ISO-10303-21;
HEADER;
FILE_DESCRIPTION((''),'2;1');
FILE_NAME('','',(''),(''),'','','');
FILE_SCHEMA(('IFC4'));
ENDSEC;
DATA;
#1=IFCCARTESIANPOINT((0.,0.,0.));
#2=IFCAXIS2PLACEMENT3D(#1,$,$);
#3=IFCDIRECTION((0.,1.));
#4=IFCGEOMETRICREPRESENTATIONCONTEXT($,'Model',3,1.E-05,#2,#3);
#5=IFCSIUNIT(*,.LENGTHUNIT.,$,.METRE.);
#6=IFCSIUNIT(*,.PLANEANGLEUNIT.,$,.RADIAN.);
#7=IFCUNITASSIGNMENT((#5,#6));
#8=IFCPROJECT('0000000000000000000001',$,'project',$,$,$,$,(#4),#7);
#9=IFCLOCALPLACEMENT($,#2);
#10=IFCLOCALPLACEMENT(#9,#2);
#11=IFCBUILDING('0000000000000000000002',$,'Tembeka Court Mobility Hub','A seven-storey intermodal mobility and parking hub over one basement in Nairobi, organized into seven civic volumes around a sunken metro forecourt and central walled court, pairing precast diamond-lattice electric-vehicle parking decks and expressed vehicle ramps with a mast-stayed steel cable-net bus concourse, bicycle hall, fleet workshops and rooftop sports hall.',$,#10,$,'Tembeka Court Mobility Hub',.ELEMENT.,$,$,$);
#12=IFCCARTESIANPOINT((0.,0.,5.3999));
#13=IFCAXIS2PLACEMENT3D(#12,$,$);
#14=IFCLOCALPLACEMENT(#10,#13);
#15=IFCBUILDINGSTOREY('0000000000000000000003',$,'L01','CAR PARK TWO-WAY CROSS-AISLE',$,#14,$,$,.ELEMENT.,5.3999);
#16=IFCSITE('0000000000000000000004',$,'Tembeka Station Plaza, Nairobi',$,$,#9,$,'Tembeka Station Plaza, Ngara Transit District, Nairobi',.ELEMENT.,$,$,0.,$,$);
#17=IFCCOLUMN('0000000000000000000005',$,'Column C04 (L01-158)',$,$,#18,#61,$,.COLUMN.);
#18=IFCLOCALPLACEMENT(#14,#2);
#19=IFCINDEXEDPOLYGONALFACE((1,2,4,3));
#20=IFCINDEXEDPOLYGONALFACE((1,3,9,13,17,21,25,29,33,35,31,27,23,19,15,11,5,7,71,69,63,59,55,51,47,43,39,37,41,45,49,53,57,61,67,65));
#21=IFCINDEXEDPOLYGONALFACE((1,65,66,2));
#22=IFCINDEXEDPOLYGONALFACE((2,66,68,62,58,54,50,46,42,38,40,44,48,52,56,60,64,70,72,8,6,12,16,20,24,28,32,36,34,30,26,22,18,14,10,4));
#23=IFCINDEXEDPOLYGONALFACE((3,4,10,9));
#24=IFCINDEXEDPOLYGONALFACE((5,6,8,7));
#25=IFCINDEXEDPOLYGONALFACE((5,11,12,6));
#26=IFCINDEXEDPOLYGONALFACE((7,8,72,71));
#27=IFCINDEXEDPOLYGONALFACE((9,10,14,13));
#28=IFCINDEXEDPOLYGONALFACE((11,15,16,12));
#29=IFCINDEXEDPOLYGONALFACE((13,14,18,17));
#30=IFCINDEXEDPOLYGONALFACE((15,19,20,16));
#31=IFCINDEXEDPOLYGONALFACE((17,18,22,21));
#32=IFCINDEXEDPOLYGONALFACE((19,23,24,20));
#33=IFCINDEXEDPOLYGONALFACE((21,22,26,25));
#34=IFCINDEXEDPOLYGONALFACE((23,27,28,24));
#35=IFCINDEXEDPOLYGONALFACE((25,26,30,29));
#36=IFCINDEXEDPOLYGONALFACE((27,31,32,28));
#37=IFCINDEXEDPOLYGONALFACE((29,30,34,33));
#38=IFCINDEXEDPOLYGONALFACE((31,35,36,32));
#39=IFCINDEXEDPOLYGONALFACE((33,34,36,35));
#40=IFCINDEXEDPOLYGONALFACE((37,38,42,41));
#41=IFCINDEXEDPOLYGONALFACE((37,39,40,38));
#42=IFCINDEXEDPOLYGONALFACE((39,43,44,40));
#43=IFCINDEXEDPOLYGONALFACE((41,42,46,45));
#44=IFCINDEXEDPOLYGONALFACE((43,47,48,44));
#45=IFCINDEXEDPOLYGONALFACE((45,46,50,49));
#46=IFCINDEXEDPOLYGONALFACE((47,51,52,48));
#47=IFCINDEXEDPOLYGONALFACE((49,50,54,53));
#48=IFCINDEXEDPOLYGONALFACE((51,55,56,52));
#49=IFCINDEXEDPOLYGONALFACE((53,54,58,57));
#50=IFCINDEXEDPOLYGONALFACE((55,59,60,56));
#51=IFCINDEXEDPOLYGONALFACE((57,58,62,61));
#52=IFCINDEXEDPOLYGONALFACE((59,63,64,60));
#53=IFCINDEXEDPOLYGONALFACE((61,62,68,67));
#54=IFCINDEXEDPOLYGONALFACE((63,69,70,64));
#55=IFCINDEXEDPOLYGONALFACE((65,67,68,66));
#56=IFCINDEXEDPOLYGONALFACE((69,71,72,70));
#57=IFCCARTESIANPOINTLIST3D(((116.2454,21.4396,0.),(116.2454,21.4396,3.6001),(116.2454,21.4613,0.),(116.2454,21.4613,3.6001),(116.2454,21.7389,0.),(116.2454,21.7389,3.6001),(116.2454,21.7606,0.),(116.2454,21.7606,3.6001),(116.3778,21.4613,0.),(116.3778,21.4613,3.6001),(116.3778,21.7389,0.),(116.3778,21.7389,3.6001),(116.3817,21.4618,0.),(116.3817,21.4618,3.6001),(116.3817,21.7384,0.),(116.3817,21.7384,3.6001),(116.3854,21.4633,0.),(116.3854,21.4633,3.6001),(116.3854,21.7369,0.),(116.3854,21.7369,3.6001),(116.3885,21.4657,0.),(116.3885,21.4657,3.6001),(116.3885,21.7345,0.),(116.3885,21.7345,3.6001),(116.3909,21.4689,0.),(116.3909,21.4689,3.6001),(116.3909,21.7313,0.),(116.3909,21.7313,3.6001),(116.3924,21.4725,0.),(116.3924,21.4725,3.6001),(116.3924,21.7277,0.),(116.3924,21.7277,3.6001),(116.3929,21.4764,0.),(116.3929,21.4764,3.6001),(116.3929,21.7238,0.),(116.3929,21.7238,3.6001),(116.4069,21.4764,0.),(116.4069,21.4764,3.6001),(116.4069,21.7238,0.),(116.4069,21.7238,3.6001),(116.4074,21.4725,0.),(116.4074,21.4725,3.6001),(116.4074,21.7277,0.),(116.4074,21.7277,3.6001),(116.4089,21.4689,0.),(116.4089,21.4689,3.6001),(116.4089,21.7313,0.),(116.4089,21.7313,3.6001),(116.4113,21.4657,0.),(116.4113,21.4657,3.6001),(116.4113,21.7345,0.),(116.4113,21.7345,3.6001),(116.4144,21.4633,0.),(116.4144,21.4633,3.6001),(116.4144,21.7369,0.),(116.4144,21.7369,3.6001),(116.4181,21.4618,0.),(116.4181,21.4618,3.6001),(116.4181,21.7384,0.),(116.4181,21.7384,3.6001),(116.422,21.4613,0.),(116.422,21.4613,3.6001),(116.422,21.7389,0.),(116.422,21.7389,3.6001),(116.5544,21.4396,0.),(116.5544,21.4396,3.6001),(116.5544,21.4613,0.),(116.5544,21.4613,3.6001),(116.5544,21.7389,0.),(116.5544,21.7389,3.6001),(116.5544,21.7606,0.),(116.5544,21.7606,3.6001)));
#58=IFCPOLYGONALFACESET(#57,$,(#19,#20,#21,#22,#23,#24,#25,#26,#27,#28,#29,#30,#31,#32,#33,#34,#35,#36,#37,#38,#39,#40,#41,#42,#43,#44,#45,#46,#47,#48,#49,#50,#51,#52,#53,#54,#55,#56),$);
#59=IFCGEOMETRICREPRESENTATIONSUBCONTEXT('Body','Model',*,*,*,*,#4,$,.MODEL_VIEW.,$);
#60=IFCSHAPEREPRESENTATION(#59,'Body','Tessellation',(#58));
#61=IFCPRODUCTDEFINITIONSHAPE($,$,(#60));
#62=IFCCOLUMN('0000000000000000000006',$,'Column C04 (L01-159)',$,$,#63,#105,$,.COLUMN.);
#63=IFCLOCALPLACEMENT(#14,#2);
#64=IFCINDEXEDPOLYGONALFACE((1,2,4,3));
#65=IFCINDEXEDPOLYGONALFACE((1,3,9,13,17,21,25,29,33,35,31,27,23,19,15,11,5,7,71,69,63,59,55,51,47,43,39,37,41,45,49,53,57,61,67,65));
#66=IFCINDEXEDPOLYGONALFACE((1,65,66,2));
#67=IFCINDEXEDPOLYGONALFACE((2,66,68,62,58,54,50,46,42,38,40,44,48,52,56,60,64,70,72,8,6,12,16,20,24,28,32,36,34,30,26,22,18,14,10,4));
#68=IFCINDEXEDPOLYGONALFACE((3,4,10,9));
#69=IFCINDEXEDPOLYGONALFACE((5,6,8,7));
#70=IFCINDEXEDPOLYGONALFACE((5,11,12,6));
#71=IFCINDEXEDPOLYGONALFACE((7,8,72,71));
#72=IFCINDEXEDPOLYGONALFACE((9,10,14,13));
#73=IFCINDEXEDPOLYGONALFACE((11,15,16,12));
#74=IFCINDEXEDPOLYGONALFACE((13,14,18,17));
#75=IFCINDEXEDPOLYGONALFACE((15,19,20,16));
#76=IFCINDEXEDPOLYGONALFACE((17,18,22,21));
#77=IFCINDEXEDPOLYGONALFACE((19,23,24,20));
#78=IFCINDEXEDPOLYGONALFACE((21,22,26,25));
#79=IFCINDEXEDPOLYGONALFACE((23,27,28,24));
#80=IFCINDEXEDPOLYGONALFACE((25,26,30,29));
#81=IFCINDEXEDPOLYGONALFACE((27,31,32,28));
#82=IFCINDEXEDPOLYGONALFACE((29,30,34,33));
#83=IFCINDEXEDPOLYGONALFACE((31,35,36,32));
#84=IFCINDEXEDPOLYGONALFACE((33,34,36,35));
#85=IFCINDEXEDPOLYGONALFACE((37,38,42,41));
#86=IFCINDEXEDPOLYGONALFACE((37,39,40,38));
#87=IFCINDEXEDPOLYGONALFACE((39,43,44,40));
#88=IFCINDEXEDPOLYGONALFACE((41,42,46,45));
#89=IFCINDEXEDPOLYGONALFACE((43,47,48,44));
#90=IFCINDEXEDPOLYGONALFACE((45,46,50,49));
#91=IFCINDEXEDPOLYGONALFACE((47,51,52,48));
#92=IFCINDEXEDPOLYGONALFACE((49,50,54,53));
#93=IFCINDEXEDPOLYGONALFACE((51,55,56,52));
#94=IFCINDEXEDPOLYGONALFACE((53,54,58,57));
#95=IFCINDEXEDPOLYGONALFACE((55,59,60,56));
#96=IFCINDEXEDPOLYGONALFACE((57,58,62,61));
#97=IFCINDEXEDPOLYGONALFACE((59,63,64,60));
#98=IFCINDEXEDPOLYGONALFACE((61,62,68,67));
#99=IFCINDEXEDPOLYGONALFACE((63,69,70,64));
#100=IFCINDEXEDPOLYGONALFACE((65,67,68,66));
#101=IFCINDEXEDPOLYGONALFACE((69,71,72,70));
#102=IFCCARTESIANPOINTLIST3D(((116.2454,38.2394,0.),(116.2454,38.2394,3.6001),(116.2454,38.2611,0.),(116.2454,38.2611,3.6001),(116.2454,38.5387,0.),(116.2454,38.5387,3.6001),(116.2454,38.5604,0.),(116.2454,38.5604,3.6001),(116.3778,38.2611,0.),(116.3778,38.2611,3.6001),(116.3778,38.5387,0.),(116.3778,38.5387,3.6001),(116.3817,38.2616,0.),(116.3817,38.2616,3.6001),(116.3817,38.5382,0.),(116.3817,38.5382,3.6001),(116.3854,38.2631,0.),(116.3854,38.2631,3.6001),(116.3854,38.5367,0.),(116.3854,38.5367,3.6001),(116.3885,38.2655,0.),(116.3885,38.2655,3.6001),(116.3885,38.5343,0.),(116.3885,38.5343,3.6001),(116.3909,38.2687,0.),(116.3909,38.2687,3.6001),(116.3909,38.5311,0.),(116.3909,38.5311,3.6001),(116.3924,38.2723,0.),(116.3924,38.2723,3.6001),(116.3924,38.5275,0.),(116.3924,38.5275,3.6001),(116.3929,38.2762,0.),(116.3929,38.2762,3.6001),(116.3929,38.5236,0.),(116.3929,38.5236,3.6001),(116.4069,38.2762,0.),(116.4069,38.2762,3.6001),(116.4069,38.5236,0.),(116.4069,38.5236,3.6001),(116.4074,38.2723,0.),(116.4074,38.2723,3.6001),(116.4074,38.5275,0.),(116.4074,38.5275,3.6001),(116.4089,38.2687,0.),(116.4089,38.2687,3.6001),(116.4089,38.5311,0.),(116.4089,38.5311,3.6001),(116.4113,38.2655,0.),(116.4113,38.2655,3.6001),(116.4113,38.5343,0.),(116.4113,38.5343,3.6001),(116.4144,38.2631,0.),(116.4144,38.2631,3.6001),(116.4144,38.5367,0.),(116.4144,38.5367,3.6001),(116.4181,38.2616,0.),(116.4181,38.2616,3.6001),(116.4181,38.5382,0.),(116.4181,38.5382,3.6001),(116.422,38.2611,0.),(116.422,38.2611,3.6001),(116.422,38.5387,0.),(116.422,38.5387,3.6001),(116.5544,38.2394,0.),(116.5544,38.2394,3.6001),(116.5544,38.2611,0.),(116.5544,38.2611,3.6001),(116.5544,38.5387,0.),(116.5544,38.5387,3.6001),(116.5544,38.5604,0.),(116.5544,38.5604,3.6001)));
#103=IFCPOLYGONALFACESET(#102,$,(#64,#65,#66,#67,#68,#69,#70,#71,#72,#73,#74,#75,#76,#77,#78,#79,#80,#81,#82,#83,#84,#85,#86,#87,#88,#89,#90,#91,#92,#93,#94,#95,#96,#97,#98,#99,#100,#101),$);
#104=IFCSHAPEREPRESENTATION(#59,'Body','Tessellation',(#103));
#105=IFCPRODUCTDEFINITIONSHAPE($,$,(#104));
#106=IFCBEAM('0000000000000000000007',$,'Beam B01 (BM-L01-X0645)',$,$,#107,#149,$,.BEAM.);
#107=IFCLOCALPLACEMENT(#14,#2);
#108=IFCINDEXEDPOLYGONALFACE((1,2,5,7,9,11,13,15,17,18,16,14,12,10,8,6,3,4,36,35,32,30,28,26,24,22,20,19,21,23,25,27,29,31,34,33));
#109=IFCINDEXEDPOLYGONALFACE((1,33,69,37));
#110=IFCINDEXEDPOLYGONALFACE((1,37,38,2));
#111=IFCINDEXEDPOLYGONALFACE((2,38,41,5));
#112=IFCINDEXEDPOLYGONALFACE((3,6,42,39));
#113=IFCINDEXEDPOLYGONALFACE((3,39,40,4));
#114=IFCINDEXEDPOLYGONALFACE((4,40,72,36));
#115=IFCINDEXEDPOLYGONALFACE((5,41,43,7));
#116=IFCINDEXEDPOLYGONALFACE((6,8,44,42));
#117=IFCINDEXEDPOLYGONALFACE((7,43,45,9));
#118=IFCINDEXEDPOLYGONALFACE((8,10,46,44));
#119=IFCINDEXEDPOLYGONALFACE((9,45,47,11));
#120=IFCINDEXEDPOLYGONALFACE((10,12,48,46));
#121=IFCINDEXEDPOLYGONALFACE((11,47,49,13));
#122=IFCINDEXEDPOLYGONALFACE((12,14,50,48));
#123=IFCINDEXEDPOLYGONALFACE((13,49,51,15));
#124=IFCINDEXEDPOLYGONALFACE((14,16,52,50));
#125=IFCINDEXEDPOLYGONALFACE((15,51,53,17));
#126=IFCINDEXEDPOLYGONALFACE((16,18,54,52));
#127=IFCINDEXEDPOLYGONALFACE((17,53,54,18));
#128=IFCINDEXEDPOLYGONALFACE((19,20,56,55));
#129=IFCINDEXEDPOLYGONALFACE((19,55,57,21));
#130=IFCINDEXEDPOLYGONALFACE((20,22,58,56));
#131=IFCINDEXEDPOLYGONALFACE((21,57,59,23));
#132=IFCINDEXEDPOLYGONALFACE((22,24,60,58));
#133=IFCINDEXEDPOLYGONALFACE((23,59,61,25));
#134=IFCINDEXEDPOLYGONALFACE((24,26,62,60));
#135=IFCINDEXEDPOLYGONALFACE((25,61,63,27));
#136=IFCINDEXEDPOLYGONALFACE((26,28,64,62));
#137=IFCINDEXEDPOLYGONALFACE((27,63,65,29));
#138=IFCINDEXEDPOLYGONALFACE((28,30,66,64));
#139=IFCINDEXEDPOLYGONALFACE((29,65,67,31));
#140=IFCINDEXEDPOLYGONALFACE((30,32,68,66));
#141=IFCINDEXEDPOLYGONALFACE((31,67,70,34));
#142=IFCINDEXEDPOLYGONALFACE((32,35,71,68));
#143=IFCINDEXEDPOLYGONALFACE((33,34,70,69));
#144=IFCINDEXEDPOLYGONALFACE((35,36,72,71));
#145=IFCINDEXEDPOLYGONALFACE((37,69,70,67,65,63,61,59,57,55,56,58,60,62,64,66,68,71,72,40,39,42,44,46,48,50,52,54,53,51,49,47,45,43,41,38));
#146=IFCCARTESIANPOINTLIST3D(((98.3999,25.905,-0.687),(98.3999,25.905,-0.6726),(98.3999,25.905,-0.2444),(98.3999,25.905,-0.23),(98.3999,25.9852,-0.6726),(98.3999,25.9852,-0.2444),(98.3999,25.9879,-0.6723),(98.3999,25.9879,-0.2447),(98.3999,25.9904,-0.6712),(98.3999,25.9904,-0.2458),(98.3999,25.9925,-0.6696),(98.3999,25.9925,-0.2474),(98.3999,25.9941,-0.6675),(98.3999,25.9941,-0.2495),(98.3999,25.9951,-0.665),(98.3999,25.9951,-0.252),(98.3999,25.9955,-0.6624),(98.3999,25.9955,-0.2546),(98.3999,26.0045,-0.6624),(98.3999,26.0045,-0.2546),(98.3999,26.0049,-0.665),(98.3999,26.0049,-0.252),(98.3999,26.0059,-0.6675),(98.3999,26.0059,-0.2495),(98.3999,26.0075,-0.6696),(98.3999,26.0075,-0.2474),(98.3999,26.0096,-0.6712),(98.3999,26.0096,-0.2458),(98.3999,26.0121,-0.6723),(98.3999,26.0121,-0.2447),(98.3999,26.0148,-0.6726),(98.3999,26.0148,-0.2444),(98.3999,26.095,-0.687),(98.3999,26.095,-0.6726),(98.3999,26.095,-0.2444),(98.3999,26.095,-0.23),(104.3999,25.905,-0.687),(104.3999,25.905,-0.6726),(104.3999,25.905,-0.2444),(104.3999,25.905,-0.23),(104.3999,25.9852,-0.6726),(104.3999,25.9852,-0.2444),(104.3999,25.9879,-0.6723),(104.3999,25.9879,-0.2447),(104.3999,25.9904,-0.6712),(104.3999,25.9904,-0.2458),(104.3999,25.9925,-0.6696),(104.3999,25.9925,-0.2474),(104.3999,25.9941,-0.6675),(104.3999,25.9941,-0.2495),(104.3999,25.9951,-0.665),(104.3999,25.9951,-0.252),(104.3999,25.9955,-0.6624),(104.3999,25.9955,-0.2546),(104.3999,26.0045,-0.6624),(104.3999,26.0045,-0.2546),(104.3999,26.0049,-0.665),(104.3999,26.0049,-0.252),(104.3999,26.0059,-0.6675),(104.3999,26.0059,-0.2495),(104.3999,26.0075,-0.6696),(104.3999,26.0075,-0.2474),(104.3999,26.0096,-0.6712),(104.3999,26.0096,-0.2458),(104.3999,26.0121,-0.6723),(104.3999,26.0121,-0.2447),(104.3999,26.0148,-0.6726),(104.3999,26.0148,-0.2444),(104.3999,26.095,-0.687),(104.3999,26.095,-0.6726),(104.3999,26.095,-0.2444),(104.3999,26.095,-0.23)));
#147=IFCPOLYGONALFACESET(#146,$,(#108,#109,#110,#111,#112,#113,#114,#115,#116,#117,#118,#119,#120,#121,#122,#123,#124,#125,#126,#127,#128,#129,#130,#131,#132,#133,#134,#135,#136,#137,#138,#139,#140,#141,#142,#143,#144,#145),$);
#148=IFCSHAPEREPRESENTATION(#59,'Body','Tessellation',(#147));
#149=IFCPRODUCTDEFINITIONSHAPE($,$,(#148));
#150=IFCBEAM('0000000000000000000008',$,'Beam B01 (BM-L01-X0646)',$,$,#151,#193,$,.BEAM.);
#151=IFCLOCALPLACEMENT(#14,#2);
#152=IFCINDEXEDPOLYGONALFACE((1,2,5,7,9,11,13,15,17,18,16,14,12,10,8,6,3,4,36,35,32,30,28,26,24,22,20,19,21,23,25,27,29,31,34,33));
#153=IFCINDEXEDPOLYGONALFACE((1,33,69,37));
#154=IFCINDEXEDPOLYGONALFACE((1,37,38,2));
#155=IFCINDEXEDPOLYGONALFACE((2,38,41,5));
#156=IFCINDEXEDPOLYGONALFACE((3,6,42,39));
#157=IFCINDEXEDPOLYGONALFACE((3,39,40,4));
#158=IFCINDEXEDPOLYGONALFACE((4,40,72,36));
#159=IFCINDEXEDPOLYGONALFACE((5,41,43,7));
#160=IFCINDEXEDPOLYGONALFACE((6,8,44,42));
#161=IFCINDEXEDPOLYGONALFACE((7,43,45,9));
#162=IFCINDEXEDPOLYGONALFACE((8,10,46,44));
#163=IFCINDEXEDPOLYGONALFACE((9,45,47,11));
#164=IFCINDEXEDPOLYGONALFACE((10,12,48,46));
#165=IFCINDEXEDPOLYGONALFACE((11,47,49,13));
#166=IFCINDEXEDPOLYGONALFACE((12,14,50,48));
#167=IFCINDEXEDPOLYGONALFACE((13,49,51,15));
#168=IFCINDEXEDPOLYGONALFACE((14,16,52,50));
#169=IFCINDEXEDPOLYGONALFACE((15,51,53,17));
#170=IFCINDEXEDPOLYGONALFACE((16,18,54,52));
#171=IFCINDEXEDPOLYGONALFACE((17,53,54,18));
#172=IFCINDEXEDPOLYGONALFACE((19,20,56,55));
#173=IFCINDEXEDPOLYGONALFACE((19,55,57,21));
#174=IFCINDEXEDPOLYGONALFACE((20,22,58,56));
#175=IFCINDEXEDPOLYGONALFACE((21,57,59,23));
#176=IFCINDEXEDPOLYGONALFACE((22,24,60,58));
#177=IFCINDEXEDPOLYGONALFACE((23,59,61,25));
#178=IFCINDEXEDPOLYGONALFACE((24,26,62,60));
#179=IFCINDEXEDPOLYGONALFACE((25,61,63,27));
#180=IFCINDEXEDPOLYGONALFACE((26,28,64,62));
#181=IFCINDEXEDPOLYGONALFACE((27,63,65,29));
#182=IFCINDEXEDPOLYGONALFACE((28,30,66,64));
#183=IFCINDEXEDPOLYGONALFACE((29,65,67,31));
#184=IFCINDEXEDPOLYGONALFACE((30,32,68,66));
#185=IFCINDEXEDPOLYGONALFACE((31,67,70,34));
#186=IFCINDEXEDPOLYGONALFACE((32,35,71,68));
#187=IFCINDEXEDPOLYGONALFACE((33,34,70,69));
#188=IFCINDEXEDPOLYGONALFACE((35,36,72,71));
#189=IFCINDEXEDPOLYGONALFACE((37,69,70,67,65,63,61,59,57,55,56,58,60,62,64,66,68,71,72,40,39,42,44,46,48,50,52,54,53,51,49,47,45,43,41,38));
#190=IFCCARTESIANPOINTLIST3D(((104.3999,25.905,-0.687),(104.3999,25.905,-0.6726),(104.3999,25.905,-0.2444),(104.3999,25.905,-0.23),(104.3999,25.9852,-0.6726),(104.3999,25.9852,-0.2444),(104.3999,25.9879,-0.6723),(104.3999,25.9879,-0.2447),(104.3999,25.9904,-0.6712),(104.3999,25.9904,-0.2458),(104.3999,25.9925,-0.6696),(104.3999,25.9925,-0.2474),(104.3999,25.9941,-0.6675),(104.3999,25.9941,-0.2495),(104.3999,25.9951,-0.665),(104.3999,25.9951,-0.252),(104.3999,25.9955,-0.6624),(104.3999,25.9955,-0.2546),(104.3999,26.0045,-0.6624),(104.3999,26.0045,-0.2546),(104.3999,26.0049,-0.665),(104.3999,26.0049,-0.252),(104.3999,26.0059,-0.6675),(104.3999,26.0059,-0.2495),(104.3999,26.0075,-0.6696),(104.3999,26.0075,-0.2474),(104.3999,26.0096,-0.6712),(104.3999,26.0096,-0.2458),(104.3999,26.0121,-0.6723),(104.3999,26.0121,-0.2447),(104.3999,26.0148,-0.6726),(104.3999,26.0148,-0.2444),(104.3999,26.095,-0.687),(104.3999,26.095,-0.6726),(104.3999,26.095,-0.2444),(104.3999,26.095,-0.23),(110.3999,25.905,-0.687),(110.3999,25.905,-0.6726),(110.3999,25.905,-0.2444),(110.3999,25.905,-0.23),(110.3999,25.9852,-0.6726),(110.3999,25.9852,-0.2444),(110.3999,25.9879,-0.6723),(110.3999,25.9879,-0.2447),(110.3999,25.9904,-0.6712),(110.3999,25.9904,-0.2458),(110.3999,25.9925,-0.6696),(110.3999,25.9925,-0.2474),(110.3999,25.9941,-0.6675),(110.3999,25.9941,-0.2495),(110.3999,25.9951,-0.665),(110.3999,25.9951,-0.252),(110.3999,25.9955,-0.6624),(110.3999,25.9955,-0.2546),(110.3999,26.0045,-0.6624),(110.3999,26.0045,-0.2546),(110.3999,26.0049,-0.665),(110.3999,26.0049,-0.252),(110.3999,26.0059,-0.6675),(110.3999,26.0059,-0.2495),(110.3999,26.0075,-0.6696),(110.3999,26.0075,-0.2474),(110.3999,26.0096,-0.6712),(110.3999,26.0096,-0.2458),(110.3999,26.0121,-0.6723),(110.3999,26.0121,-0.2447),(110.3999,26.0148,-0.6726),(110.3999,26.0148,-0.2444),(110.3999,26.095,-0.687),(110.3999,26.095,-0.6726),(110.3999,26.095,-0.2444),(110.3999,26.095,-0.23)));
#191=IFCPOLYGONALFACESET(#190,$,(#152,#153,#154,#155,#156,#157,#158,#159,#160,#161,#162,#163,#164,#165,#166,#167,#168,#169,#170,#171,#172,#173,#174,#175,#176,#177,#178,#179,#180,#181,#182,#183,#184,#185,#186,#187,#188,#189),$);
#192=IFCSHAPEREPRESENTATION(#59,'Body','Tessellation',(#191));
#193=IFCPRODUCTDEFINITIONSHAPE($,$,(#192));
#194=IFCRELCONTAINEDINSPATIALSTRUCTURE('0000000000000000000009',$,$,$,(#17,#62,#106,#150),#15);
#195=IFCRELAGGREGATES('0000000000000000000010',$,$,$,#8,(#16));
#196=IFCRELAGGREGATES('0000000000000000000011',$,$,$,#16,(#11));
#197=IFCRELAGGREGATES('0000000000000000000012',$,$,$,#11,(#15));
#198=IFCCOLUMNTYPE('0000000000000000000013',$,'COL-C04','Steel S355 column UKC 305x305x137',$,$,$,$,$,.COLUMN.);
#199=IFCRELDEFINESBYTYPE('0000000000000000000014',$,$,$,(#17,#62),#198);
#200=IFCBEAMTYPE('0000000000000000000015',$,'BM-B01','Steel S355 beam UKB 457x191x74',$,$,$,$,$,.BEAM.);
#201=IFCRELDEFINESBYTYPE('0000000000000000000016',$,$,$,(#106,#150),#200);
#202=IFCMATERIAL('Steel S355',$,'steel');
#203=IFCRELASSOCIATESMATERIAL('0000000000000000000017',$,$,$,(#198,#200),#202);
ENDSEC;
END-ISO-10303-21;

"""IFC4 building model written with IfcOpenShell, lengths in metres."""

from ifc_helpers import new_model, si_unit, direction, frame, origin, origin_2d, place, context, subcontext, project, spatial, i_section, extrude, material, material_profile, profile_set, type_object, element, save


model = new_model("IFC4")

# Units and contexts
model_context = context("Model", 3, precision=1e-05, world=origin(), true_north=direction((0.0, 1.0)))
body_context = subcontext(model_context, "Body", "Model", "MODEL_VIEW")
ifc_project = project(units=[si_unit("LENGTHUNIT", "METRE"), si_unit("PLANEANGLEUNIT", "RADIAN")], contexts=[model_context])

# Site, building, storey
site_placement = place(None, origin())
site = spatial("IfcSite", under=ifc_project, at=site_placement, Name="Tembeka Station Plaza, Nairobi", LongName="Tembeka Station Plaza, Ngara Transit District, Nairobi", CompositionType="ELEMENT", RefElevation=0.0)
building_placement = place(site_placement, origin())
building = spatial("IfcBuilding", under=site, at=building_placement, Name="Tembeka Court Mobility Hub", Description="A seven-storey intermodal mobility and parking hub over one basement in Nairobi, organized into seven civic volumes around a sunken metro forecourt and central walled court, pairing precast diamond-lattice electric-vehicle parking decks and expressed vehicle ramps with a mast-stayed steel cable-net bus concourse, bicycle hall, fleet workshops and rooftop sports hall.", LongName="Tembeka Court Mobility Hub", CompositionType="ELEMENT")
storey_placement = place(building_placement, frame((0.0, 0.0, 5.3999)))
storey = spatial("IfcBuildingStorey", under=building, at=storey_placement, Name="L01", Description="CAR PARK TWO-WAY CROSS-AISLE", CompositionType="ELEMENT", Elevation=5.3999)

# Columns
ifc_material_1 = material(Name="Steel S355", Category="steel")
ifc_material_profile_1 = material_profile(ifc_material_1, i_section(OverallWidth=0.3091, OverallDepth=0.321, WebThickness=0.0139, FlangeThickness=0.0217, FilletRadius=0.0151, at=origin_2d()), Name="UKC 305x305x137")
ifc_profile_set_1 = profile_set([ifc_material_profile_1], Name="Steel S355")
column_type = type_object("IfcColumnType", Name="COL-C04", Description="Steel S355 column UKC 305x305x137", PredefinedType="COLUMN", material=ifc_profile_set_1)
for number, where, z_axis, x_axis, name in (
    (1, (116.3999, 21.6001, 0.0), (0.0, 0.0, 1.0), (1.0, 0.0, 0.0), "Column C04 (L01-158)"),
    (2, (116.3999, 38.3999, 0.0), (0.0, 0.0, 1.0), (1.0, 0.0, 0.0), "Column C04 (L01-159)"),
):
    element("IfcColumn", number, at=place(storey_placement, frame(where, z_axis=z_axis, x_axis=x_axis)), inside=storey, type_object=column_type, Name=name, PredefinedType="COLUMN", context=body_context, shape_type="SweptSolid", body=[
        extrude(i_section(OverallWidth=0.3091, OverallDepth=0.321, WebThickness=0.0139, FlangeThickness=0.0217, FilletRadius=0.0151, at=origin_2d()), origin(), (0.0, 0.0, 1.0), 3.6001),
    ])

# Beams
ifc_material_profile_2 = material_profile(ifc_material_1, i_section(OverallWidth=0.1899, OverallDepth=0.457, WebThickness=0.009, FlangeThickness=0.0144, FilletRadius=0.0103, at=origin_2d()), Name="UKB 457x191x74")
ifc_profile_set_2 = profile_set([ifc_material_profile_2], Name="Steel S355")
beam_type_1 = type_object("IfcBeamType", Name="BM-B01", Description="Steel S355 beam UKB 457x191x74", PredefinedType="BEAM", material=ifc_profile_set_2)
for number, where, z_axis, x_axis, name in (
    (3, (98.3999, 26.0, -0.4585), (1.0, 0.0, 0.0), (0.0, 1.0, 0.0), "Beam B01 (BM-L01-X0645)"),
    (4, (104.3999, 26.0, -0.4585), (1.0, 0.0, 0.0), (0.0, 1.0, 0.0), "Beam B01 (BM-L01-X0646)"),
):
    element("IfcBeam", number, at=place(storey_placement, frame(where, z_axis=z_axis, x_axis=x_axis)), inside=storey, type_object=beam_type_1, Name=name, PredefinedType="BEAM", context=body_context, shape_type="SweptSolid", body=[
        extrude(i_section(OverallWidth=0.1899, OverallDepth=0.457, WebThickness=0.009, FlangeThickness=0.0144, FilletRadius=0.0103, at=origin_2d()), origin(), (0.0, 0.0, 1.0), 6.0),
    ])

save(model, "model.ifc")
